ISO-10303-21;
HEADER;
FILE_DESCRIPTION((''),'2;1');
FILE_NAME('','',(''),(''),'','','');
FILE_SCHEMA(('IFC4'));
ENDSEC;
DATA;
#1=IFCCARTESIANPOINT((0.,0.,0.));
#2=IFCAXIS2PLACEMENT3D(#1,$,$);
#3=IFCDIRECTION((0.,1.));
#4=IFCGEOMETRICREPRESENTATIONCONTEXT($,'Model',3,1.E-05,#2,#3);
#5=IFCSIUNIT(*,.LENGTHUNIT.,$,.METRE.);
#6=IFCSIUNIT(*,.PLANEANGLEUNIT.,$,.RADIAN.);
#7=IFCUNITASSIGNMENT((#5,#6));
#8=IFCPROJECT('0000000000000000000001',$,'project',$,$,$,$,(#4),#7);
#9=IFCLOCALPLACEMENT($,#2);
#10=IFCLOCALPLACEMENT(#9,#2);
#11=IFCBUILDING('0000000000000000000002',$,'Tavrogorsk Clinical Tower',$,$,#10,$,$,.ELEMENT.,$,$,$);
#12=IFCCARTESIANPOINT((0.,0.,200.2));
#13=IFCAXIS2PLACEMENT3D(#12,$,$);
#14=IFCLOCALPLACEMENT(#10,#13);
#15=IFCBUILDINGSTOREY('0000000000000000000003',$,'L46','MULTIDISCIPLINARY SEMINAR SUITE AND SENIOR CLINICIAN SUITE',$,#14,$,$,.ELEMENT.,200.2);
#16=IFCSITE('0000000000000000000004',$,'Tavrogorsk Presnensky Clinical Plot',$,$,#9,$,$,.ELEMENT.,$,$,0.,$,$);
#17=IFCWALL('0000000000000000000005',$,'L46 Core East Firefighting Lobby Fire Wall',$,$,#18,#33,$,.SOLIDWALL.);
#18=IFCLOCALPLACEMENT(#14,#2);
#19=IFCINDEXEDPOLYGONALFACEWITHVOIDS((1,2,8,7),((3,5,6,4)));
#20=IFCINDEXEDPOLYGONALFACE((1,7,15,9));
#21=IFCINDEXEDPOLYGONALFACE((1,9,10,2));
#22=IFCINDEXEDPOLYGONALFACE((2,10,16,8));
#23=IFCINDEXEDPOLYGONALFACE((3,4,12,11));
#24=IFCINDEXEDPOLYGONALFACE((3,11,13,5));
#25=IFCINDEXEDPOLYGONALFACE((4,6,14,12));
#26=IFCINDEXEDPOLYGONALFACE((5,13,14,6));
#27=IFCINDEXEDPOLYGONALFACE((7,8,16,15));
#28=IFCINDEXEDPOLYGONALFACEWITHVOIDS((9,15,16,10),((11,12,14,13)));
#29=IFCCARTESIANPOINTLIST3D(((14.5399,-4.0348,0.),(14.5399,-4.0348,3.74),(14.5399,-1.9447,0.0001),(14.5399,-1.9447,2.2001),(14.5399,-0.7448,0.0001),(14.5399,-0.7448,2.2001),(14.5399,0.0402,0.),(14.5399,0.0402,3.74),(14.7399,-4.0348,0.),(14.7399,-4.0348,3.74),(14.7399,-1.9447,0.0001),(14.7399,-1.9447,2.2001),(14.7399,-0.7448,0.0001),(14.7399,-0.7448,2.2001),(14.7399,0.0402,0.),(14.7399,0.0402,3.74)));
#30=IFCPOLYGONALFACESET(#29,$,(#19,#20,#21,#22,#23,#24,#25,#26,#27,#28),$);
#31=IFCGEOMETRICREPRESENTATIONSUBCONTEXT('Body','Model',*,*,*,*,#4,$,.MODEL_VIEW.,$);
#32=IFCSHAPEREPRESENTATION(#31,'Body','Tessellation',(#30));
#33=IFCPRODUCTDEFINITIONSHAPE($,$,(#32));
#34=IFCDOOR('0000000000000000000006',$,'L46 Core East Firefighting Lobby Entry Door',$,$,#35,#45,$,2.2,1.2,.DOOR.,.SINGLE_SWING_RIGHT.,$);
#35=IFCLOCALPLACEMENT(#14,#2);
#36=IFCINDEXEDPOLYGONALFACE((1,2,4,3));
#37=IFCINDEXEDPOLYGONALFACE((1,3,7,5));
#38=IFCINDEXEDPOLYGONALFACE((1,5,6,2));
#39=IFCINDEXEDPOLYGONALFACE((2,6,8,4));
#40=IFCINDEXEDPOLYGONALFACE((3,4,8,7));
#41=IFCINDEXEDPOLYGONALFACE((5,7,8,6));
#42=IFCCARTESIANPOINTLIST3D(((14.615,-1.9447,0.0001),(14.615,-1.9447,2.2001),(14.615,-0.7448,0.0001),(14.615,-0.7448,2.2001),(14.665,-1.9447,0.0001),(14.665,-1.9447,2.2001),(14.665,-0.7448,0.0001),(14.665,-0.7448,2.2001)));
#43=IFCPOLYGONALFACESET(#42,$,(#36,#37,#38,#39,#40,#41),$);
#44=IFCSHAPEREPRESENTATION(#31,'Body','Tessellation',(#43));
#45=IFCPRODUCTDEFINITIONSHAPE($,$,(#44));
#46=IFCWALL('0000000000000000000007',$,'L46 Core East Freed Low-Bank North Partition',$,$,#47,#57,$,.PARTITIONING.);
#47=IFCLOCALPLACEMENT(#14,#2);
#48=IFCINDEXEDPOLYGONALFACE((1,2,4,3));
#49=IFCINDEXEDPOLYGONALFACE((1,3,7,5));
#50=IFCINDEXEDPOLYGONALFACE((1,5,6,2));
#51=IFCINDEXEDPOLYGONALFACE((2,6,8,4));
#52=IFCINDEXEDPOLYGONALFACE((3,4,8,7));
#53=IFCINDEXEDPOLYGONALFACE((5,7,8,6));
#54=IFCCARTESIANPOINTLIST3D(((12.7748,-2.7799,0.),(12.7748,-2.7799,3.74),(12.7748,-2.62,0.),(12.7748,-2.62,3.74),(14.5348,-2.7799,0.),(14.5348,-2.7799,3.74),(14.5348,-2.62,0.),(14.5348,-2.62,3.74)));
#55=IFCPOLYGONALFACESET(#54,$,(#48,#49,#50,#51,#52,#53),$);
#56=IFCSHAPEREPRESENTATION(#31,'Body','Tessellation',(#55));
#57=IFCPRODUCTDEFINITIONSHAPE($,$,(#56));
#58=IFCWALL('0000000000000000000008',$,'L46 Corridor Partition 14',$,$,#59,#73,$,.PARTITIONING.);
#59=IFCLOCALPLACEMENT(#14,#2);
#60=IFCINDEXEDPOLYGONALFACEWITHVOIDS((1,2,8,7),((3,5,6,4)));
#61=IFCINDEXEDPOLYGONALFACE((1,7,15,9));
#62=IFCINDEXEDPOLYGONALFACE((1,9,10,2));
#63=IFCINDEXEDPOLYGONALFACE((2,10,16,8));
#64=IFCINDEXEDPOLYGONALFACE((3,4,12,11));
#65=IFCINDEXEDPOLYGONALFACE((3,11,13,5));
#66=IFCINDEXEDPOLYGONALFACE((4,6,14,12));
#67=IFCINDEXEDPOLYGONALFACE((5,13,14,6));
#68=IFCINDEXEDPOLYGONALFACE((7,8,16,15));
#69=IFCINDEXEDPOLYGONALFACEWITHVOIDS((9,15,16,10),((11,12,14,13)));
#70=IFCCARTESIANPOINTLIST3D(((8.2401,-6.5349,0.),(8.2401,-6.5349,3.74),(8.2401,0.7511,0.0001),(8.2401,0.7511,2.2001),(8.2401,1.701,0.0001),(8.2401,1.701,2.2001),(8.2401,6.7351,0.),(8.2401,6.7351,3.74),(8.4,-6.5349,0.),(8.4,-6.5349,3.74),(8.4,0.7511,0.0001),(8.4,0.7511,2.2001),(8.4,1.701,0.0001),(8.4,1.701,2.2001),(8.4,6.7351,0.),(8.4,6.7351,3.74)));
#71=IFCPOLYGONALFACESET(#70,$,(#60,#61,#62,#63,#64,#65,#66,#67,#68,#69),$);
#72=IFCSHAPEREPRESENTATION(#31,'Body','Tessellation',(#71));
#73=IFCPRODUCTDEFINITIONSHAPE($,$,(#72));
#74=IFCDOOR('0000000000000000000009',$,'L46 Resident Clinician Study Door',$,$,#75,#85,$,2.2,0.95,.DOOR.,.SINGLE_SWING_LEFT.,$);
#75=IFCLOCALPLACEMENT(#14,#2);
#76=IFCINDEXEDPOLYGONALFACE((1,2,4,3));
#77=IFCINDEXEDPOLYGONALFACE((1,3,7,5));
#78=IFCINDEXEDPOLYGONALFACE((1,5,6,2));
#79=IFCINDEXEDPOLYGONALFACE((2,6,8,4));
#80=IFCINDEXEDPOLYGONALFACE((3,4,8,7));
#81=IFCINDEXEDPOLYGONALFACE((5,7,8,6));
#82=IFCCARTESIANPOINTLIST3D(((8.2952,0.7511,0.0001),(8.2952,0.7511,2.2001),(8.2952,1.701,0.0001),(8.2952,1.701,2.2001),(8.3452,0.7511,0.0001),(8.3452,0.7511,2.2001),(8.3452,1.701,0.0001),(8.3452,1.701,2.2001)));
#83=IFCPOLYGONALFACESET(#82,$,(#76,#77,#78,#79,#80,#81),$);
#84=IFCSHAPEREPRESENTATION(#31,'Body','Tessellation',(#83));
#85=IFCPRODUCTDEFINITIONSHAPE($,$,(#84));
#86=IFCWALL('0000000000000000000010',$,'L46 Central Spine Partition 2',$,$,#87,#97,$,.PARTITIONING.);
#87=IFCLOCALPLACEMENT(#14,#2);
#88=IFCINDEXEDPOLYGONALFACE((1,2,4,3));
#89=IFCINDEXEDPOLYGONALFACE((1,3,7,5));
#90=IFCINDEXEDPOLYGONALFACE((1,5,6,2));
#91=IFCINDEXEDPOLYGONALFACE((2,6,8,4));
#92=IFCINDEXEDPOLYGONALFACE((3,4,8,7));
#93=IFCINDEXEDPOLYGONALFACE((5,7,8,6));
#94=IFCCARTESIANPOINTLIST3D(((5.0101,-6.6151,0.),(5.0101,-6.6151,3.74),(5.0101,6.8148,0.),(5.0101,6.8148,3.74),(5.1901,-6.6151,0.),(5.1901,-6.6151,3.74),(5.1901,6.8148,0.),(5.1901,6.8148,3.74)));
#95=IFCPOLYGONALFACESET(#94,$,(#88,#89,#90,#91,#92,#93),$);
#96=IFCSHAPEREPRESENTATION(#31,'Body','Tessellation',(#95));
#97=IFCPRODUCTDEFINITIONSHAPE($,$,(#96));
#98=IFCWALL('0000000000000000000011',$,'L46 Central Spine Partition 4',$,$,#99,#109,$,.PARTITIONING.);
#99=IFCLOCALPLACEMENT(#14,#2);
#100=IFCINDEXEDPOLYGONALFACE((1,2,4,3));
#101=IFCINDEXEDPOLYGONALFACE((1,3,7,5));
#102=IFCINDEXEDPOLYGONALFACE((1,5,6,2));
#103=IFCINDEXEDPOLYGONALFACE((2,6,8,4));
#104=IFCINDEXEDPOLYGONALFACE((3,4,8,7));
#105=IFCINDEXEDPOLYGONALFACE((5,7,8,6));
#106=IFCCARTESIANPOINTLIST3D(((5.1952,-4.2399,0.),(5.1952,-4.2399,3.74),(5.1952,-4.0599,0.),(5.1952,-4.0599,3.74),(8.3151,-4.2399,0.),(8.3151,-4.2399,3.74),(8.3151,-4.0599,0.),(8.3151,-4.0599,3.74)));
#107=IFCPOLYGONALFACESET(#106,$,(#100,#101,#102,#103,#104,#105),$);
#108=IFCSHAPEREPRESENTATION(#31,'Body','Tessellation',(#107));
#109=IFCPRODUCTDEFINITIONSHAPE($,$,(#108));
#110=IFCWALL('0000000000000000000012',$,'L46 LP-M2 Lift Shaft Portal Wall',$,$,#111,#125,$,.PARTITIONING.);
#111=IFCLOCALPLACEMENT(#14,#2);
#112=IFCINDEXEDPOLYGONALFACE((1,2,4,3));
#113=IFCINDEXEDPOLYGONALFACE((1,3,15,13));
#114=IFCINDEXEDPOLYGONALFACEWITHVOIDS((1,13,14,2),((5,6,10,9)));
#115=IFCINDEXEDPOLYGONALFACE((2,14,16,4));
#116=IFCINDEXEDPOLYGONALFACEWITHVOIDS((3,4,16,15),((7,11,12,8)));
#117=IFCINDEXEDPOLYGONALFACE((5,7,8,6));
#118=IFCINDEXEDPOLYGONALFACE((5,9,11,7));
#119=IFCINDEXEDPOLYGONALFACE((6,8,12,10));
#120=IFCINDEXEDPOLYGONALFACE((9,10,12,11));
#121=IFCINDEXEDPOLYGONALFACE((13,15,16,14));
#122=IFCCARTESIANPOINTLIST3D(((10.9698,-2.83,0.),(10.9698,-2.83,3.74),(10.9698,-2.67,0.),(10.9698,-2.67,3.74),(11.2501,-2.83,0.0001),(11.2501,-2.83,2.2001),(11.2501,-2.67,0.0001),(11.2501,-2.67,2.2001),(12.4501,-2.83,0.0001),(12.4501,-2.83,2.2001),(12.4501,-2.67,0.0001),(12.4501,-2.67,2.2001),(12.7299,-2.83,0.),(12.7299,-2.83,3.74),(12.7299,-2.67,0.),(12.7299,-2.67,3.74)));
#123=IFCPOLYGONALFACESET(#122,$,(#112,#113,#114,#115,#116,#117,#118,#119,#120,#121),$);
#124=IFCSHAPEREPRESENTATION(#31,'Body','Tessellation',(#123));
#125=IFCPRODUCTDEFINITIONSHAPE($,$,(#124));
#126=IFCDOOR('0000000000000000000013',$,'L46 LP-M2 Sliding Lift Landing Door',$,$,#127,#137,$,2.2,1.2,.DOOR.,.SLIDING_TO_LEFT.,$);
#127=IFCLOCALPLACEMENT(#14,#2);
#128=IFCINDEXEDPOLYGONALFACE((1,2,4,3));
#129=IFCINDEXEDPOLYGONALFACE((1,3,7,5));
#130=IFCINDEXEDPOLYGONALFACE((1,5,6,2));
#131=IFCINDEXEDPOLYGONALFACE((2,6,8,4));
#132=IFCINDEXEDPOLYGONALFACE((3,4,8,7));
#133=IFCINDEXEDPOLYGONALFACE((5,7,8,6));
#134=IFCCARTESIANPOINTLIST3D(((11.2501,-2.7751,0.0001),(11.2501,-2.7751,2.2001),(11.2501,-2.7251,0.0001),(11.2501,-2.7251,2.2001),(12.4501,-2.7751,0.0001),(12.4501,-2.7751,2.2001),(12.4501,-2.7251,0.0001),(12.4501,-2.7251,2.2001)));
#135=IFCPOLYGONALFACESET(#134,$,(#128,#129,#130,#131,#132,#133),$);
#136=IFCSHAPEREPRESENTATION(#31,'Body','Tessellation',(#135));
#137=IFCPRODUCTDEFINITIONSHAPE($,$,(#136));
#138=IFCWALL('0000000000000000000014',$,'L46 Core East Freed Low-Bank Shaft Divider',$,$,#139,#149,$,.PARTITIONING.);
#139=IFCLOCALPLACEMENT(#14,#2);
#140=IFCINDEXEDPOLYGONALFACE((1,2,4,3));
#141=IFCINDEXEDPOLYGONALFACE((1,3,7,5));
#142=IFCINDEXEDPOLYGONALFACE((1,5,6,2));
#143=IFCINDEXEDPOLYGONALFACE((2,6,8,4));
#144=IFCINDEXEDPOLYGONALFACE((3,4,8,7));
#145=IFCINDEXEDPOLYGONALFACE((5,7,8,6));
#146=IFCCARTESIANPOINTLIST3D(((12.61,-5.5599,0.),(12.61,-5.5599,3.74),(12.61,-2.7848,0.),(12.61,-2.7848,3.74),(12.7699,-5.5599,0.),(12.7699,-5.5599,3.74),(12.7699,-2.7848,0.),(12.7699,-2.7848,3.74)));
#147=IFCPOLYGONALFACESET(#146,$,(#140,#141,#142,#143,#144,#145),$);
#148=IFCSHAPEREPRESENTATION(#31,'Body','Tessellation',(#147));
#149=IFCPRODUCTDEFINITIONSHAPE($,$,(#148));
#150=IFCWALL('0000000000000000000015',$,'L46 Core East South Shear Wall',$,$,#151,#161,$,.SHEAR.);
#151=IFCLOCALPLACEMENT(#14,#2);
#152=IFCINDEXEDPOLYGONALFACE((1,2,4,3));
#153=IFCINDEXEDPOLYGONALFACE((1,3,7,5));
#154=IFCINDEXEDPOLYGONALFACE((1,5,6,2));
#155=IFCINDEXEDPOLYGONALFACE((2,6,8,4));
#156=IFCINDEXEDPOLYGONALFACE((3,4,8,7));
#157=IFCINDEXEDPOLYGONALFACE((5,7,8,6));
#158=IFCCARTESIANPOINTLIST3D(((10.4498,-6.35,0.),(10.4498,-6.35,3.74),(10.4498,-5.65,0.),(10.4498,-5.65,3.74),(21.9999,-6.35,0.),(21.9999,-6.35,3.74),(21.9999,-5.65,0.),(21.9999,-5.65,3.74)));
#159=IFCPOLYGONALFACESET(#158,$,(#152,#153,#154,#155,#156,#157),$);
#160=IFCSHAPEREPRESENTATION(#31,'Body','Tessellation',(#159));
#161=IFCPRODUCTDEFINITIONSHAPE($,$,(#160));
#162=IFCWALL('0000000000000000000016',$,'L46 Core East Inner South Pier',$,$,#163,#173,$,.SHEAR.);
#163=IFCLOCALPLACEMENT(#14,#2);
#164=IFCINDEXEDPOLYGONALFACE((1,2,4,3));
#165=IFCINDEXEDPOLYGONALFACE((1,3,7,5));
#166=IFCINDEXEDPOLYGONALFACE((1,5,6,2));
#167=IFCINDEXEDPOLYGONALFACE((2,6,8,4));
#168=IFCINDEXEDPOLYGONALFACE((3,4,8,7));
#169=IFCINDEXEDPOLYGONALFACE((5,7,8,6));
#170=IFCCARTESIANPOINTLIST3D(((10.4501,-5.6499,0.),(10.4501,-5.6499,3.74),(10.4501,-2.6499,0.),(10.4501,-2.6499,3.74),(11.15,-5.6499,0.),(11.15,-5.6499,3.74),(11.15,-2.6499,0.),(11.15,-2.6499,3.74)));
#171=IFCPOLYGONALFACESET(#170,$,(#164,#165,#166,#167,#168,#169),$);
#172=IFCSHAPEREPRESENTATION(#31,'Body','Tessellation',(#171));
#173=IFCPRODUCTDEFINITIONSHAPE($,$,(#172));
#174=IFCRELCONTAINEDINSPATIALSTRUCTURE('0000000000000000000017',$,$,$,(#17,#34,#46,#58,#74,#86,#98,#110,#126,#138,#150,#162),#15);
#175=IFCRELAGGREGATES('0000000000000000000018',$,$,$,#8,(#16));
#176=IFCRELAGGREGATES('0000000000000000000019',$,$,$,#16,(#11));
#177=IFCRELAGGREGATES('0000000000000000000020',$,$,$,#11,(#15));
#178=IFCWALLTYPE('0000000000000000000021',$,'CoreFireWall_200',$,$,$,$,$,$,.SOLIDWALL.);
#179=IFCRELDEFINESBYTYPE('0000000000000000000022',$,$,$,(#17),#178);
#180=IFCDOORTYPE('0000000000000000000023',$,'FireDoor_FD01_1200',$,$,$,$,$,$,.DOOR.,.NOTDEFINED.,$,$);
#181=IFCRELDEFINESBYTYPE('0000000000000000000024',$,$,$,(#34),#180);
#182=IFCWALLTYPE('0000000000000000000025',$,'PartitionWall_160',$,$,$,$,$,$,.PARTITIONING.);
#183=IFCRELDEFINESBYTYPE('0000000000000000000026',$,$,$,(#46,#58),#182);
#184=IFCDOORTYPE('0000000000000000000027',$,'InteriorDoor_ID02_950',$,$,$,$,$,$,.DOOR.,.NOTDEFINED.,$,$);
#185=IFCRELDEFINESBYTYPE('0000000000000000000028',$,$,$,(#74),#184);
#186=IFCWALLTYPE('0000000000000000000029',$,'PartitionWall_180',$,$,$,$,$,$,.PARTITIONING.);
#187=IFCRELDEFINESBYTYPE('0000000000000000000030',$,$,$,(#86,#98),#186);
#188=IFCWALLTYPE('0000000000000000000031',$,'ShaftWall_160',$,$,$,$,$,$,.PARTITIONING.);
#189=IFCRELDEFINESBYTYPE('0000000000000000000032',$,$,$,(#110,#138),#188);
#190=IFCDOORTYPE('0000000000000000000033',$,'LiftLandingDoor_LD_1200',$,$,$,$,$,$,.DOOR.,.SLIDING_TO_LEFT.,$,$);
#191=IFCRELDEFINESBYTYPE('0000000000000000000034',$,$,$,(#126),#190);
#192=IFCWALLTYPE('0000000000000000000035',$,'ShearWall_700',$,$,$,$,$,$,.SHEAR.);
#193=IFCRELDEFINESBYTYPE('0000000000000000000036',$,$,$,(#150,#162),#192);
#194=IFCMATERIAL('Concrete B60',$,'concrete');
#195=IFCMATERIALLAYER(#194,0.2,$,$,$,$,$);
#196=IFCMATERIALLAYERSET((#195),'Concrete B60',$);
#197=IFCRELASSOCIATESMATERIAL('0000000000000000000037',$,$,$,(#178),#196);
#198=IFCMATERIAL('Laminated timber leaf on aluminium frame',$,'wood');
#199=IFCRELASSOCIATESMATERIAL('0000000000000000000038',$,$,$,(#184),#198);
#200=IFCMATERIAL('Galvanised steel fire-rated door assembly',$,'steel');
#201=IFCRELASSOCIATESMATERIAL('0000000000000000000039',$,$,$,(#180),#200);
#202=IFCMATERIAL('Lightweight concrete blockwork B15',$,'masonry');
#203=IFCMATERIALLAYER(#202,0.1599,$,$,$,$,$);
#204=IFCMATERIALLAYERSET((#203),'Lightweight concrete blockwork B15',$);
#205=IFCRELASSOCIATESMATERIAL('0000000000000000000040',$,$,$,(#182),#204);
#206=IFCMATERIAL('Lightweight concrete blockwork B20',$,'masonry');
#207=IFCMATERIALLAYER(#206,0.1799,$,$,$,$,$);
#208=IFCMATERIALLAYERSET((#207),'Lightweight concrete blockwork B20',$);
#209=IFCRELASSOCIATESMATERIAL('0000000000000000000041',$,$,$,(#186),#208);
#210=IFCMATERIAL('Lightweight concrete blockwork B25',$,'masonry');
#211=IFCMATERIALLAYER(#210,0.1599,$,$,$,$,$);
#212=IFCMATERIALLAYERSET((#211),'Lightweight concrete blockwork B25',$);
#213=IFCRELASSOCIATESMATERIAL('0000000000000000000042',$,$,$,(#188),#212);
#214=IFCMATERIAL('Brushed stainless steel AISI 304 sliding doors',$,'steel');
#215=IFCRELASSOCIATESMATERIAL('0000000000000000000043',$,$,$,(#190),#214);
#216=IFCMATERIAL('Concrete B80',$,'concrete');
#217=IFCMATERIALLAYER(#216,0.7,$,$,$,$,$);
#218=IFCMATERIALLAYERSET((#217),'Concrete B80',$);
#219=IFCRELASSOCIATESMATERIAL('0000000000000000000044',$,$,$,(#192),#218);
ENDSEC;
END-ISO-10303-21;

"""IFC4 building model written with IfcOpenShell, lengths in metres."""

from ifc_helpers import new_model, si_unit, direction, frame, frame_2d, origin, place, context, subcontext, project, spatial, rectangle, extrude, material, layer, layer_set, type_object, element, fill, save


model = new_model("IFC4")

# Units and contexts
model_context = context("Model", 3, precision=1e-05, world=origin(), true_north=direction((0.0, 1.0)))
body_context = subcontext(model_context, "Body", "Model", "MODEL_VIEW")
ifc_project = project(units=[si_unit("LENGTHUNIT", "METRE"), si_unit("PLANEANGLEUNIT", "RADIAN")], contexts=[model_context])

# Site, building, storey
site_placement = place(None, origin())
site = spatial("IfcSite", under=ifc_project, at=site_placement, Name="Tavrogorsk Presnensky Clinical Plot", CompositionType="ELEMENT", RefElevation=0.0)
building_placement = place(site_placement, origin())
building = spatial("IfcBuilding", under=site, at=building_placement, Name="Tavrogorsk Clinical Tower", CompositionType="ELEMENT")
storey_placement = place(building_placement, frame((0.0, 0.0, 200.2)))
storey = spatial("IfcBuildingStorey", under=building, at=storey_placement, Name="L46", Description="MULTIDISCIPLINARY SEMINAR SUITE AND SENIOR CLINICIAN SUITE", CompositionType="ELEMENT", Elevation=200.2)

# Wall, opening, door
ifc_material_1 = material(Name="Concrete B60", Category="concrete")
ifc_layer_1 = layer(ifc_material_1, 0.2)
ifc_layer_set_1 = layer_set([ifc_layer_1], Name="Concrete B60")
wall_type_1 = type_object("IfcWallType", Name="CoreFireWall_200", PredefinedType="SOLIDWALL", material=ifc_layer_set_1)
ifc_material_2 = material(Name="Laminated timber leaf on aluminium frame", Category="wood")
door_type_1 = type_object("IfcDoorType", Name="InteriorDoor_ID02_950", OperationType="NOTDEFINED", PredefinedType="DOOR", material=ifc_material_2)
wall_1_placement = place(storey_placement, frame((14.6399, -4.0349, 0.0), z_axis=(0.0, 0.0, 1.0), x_axis=(0.0, 1.0, 0.0)))
wall_1 = element("IfcWall", 1, at=wall_1_placement, inside=storey, type_object=wall_type_1, Name="L46 Core East Firefighting Lobby Fire Wall", PredefinedType="SOLIDWALL", context=body_context, shape_type="SweptSolid", body=[
    extrude(rectangle(XDim=4.075, YDim=0.2, at=frame_2d((2.0376, 0.0))), origin(), (0.0, 0.0, 1.0), 3.74),
])
opening_1_placement = place(wall_1_placement, frame((2.0901, 0.0, 0.0)))
opening_1 = element("IfcOpeningElement", 2, at=opening_1_placement, cuts=wall_1, PredefinedType="OPENING", context=body_context, shape_type="SweptSolid", body=[
    extrude(rectangle(XDim=1.2, YDim=2.2, at=frame_2d((0.6001, 1.1001))), frame((0.0, 0.1099, 0.0), z_axis=(0.0, -1.0, 0.0), x_axis=(1.0, 0.0, 0.0)), (0.0, 0.0, 1.0), 0.22),
])
ifc_material_3 = material(Name="Galvanised steel fire-rated door assembly", Category="steel")
door_type_2 = type_object("IfcDoorType", Name="FireDoor_FD01_1200", OperationType="NOTDEFINED", PredefinedType="DOOR", material=ifc_material_3)
door_1_placement = place(opening_1_placement, origin())
door_1 = element("IfcDoor", 3, at=door_1_placement, inside=storey, type_object=door_type_2, Name="L46 Core East Firefighting Lobby Entry Door", OperationType="SINGLE_SWING_RIGHT", OverallHeight=2.2, OverallWidth=1.2, PredefinedType="DOOR", context=body_context, shape_type="SweptSolid", body=[
    extrude(rectangle(XDim=1.2, YDim=2.2, at=frame_2d((0.6001, 1.1001))), frame((0.0, 0.0249, 0.0), z_axis=(0.0, -1.0, 0.0), x_axis=(1.0, 0.0, 0.0)), (0.0, 0.0, 1.0), 0.05),
])
fill(opening_1, door_1)

# Wall
ifc_material_4 = material(Name="Lightweight concrete blockwork B15", Category="masonry")
ifc_layer_2 = layer(ifc_material_4, 0.1599)
ifc_layer_set_2 = layer_set([ifc_layer_2], Name="Lightweight concrete blockwork B15")
wall_type_2 = type_object("IfcWallType", Name="PartitionWall_160", PredefinedType="PARTITIONING", material=ifc_layer_set_2)
wall_2_placement = place(storey_placement, frame((12.7749, -2.7, 0.0), z_axis=(0.0, 0.0, 1.0), x_axis=(1.0, 0.0, 0.0)))
element("IfcWall", 4, at=wall_2_placement, inside=storey, type_object=wall_type_2, Name="L46 Core East Freed Low-Bank North Partition", PredefinedType="PARTITIONING", context=body_context, shape_type="SweptSolid", body=[
    extrude(rectangle(XDim=1.76, YDim=0.1599, at=frame_2d((0.8799, 0.0))), origin(), (0.0, 0.0, 1.0), 3.74),
])

# Wall, opening, door
wall_3_placement = place(storey_placement, frame((8.3201, -6.5349, 0.0), z_axis=(0.0, 0.0, 1.0), x_axis=(0.0, 1.0, 0.0)))
wall_3 = element("IfcWall", 5, at=wall_3_placement, inside=storey, type_object=wall_type_2, Name="L46 Corridor Partition 14", PredefinedType="PARTITIONING", context=body_context, shape_type="SweptSolid", body=[
    extrude(rectangle(XDim=13.27, YDim=0.1599, at=frame_2d((6.635, 0.0))), origin(), (0.0, 0.0, 1.0), 3.74),
])
opening_2_placement = place(wall_3_placement, frame((7.2859, 0.0, 0.0)))
opening_2 = element("IfcOpeningElement", 6, at=opening_2_placement, cuts=wall_3, PredefinedType="OPENING", context=body_context, shape_type="SweptSolid", body=[
    extrude(rectangle(XDim=0.95, YDim=2.2, at=frame_2d((0.4751, 1.1001))), frame((0.0, 0.0898, 0.0), z_axis=(0.0, -1.0, 0.0), x_axis=(1.0, 0.0, 0.0)), (0.0, 0.0, 1.0), 0.1799),
])
door_2_placement = place(opening_2_placement, origin())
door_2 = element("IfcDoor", 7, at=door_2_placement, inside=storey, type_object=door_type_1, Name="L46 Resident Clinician Study Door", OperationType="SINGLE_SWING_LEFT", OverallHeight=2.2, OverallWidth=0.95, PredefinedType="DOOR", context=body_context, shape_type="SweptSolid", body=[
    extrude(rectangle(XDim=0.95, YDim=2.2, at=frame_2d((0.4751, 1.1001))), frame((0.0, 0.0249, 0.0), z_axis=(0.0, -1.0, 0.0), x_axis=(1.0, 0.0, 0.0)), (0.0, 0.0, 1.0), 0.05),
])
fill(opening_2, door_2)

# Walls
ifc_material_5 = material(Name="Lightweight concrete blockwork B20", Category="masonry")
ifc_layer_3 = layer(ifc_material_5, 0.1799)
ifc_layer_set_3 = layer_set([ifc_layer_3], Name="Lightweight concrete blockwork B20")
wall_type_3 = type_object("IfcWallType", Name="PartitionWall_180", PredefinedType="PARTITIONING", material=ifc_layer_set_3)
wall_4_placement = place(storey_placement, frame((5.1001, -6.615, 0.0), z_axis=(0.0, 0.0, 1.0), x_axis=(0.0, 1.0, 0.0)))
element("IfcWall", 8, at=wall_4_placement, inside=storey, type_object=wall_type_3, Name="L46 Central Spine Partition 2", PredefinedType="PARTITIONING", context=body_context, shape_type="SweptSolid", body=[
    extrude(rectangle(XDim=13.4299, YDim=0.1799, at=frame_2d((6.7148, 0.0))), origin(), (0.0, 0.0, 1.0), 3.74),
])
wall_5_placement = place(storey_placement, frame((5.1951, -4.1499, 0.0), z_axis=(0.0, 0.0, 1.0), x_axis=(1.0, 0.0, 0.0)))
element("IfcWall", 9, at=wall_5_placement, inside=storey, type_object=wall_type_3, Name="L46 Central Spine Partition 4", PredefinedType="PARTITIONING", context=body_context, shape_type="SweptSolid", body=[
    extrude(rectangle(XDim=3.1199, YDim=0.1799, at=frame_2d((1.5601, 0.0))), origin(), (0.0, 0.0, 1.0), 3.74),
])

# Wall, opening, door
ifc_material_6 = material(Name="Lightweight concrete blockwork B25", Category="masonry")
ifc_layer_4 = layer(ifc_material_6, 0.1599)
ifc_layer_set_4 = layer_set([ifc_layer_4], Name="Lightweight concrete blockwork B25")
wall_type_4 = type_object("IfcWallType", Name="ShaftWall_160", PredefinedType="PARTITIONING", material=ifc_layer_set_4)
wall_6_placement = place(storey_placement, frame((10.97, -2.75, 0.0), z_axis=(0.0, 0.0, 1.0), x_axis=(1.0, 0.0, 0.0)))
wall_6 = element("IfcWall", 10, at=wall_6_placement, inside=storey, type_object=wall_type_4, Name="L46 LP-M2 Lift Shaft Portal Wall", PredefinedType="PARTITIONING", context=body_context, shape_type="SweptSolid", body=[
    extrude(rectangle(XDim=1.76, YDim=0.1599, at=frame_2d((0.8799, 0.0))), origin(), (0.0, 0.0, 1.0), 3.74),
])
opening_3_placement = place(wall_6_placement, frame((0.28, 0.0, 0.0)))
opening_3 = element("IfcOpeningElement", 11, at=opening_3_placement, cuts=wall_6, PredefinedType="OPENING", context=body_context, shape_type="SweptSolid", body=[
    extrude(rectangle(XDim=1.2, YDim=2.2, at=frame_2d((0.6001, 1.1001))), frame((0.0, 0.0898, 0.0), z_axis=(0.0, -1.0, 0.0), x_axis=(1.0, 0.0, 0.0)), (0.0, 0.0, 1.0), 0.1799),
])
ifc_material_7 = material(Name="Brushed stainless steel AISI 304 sliding doors", Category="steel")
door_type_3 = type_object("IfcDoorType", Name="LiftLandingDoor_LD_1200", OperationType="SLIDING_TO_LEFT", PredefinedType="DOOR", material=ifc_material_7)
door_3_placement = place(opening_3_placement, origin())
door_3 = element("IfcDoor", 12, at=door_3_placement, inside=storey, type_object=door_type_3, Name="L46 LP-M2 Sliding Lift Landing Door", OperationType="SLIDING_TO_LEFT", OverallHeight=2.2, OverallWidth=1.2, PredefinedType="DOOR", context=body_context, shape_type="SweptSolid", body=[
    extrude(rectangle(XDim=1.2, YDim=2.2, at=frame_2d((0.6001, 1.1001))), frame((0.0, 0.0249, 0.0), z_axis=(0.0, -1.0, 0.0), x_axis=(1.0, 0.0, 0.0)), (0.0, 0.0, 1.0), 0.05),
])
fill(opening_3, door_3)

# Walls
wall_7_placement = place(storey_placement, frame((12.6899, -5.5601, 0.0), z_axis=(0.0, 0.0, 1.0), x_axis=(0.0, 1.0, 0.0)))
element("IfcWall", 13, at=wall_7_placement, inside=storey, type_object=wall_type_4, Name="L46 Core East Freed Low-Bank Shaft Divider", PredefinedType="PARTITIONING", context=body_context, shape_type="SweptSolid", body=[
    extrude(rectangle(XDim=2.7751, YDim=0.1599, at=frame_2d((1.3877, 0.0))), origin(), (0.0, 0.0, 1.0), 3.74),
])
ifc_material_8 = material(Name="Concrete B80", Category="concrete")
ifc_layer_5 = layer(ifc_material_8, 0.7)
ifc_layer_set_5 = layer_set([ifc_layer_5], Name="Concrete B80")
wall_type_5 = type_object("IfcWallType", Name="ShearWall_700", PredefinedType="SHEAR", material=ifc_layer_set_5)
wall_8_placement = place(storey_placement, frame((10.45, -6.0, 0.0), z_axis=(0.0, 0.0, 1.0), x_axis=(1.0, 0.0, 0.0)))
element("IfcWall", 14, at=wall_8_placement, inside=storey, type_object=wall_type_5, Name="L46 Core East South Shear Wall", PredefinedType="SHEAR", context=body_context, shape_type="SweptSolid", body=[
    extrude(rectangle(XDim=11.55, YDim=0.7, at=frame_2d((5.7749, 0.0))), origin(), (0.0, 0.0, 1.0), 3.74),
])
wall_9_placement = place(storey_placement, frame((10.8, -5.6499, 0.0), z_axis=(0.0, 0.0, 1.0), x_axis=(0.0, 1.0, 0.0)))
element("IfcWall", 15, at=wall_9_placement, inside=storey, type_object=wall_type_5, Name="L46 Core East Inner South Pier", PredefinedType="SHEAR", context=body_context, shape_type="SweptSolid", body=[
    extrude(rectangle(XDim=3.0, YDim=0.7, at=frame_2d((1.5, 0.0))), origin(), (0.0, 0.0, 1.0), 3.74),
])

save(model, "model.ifc")
